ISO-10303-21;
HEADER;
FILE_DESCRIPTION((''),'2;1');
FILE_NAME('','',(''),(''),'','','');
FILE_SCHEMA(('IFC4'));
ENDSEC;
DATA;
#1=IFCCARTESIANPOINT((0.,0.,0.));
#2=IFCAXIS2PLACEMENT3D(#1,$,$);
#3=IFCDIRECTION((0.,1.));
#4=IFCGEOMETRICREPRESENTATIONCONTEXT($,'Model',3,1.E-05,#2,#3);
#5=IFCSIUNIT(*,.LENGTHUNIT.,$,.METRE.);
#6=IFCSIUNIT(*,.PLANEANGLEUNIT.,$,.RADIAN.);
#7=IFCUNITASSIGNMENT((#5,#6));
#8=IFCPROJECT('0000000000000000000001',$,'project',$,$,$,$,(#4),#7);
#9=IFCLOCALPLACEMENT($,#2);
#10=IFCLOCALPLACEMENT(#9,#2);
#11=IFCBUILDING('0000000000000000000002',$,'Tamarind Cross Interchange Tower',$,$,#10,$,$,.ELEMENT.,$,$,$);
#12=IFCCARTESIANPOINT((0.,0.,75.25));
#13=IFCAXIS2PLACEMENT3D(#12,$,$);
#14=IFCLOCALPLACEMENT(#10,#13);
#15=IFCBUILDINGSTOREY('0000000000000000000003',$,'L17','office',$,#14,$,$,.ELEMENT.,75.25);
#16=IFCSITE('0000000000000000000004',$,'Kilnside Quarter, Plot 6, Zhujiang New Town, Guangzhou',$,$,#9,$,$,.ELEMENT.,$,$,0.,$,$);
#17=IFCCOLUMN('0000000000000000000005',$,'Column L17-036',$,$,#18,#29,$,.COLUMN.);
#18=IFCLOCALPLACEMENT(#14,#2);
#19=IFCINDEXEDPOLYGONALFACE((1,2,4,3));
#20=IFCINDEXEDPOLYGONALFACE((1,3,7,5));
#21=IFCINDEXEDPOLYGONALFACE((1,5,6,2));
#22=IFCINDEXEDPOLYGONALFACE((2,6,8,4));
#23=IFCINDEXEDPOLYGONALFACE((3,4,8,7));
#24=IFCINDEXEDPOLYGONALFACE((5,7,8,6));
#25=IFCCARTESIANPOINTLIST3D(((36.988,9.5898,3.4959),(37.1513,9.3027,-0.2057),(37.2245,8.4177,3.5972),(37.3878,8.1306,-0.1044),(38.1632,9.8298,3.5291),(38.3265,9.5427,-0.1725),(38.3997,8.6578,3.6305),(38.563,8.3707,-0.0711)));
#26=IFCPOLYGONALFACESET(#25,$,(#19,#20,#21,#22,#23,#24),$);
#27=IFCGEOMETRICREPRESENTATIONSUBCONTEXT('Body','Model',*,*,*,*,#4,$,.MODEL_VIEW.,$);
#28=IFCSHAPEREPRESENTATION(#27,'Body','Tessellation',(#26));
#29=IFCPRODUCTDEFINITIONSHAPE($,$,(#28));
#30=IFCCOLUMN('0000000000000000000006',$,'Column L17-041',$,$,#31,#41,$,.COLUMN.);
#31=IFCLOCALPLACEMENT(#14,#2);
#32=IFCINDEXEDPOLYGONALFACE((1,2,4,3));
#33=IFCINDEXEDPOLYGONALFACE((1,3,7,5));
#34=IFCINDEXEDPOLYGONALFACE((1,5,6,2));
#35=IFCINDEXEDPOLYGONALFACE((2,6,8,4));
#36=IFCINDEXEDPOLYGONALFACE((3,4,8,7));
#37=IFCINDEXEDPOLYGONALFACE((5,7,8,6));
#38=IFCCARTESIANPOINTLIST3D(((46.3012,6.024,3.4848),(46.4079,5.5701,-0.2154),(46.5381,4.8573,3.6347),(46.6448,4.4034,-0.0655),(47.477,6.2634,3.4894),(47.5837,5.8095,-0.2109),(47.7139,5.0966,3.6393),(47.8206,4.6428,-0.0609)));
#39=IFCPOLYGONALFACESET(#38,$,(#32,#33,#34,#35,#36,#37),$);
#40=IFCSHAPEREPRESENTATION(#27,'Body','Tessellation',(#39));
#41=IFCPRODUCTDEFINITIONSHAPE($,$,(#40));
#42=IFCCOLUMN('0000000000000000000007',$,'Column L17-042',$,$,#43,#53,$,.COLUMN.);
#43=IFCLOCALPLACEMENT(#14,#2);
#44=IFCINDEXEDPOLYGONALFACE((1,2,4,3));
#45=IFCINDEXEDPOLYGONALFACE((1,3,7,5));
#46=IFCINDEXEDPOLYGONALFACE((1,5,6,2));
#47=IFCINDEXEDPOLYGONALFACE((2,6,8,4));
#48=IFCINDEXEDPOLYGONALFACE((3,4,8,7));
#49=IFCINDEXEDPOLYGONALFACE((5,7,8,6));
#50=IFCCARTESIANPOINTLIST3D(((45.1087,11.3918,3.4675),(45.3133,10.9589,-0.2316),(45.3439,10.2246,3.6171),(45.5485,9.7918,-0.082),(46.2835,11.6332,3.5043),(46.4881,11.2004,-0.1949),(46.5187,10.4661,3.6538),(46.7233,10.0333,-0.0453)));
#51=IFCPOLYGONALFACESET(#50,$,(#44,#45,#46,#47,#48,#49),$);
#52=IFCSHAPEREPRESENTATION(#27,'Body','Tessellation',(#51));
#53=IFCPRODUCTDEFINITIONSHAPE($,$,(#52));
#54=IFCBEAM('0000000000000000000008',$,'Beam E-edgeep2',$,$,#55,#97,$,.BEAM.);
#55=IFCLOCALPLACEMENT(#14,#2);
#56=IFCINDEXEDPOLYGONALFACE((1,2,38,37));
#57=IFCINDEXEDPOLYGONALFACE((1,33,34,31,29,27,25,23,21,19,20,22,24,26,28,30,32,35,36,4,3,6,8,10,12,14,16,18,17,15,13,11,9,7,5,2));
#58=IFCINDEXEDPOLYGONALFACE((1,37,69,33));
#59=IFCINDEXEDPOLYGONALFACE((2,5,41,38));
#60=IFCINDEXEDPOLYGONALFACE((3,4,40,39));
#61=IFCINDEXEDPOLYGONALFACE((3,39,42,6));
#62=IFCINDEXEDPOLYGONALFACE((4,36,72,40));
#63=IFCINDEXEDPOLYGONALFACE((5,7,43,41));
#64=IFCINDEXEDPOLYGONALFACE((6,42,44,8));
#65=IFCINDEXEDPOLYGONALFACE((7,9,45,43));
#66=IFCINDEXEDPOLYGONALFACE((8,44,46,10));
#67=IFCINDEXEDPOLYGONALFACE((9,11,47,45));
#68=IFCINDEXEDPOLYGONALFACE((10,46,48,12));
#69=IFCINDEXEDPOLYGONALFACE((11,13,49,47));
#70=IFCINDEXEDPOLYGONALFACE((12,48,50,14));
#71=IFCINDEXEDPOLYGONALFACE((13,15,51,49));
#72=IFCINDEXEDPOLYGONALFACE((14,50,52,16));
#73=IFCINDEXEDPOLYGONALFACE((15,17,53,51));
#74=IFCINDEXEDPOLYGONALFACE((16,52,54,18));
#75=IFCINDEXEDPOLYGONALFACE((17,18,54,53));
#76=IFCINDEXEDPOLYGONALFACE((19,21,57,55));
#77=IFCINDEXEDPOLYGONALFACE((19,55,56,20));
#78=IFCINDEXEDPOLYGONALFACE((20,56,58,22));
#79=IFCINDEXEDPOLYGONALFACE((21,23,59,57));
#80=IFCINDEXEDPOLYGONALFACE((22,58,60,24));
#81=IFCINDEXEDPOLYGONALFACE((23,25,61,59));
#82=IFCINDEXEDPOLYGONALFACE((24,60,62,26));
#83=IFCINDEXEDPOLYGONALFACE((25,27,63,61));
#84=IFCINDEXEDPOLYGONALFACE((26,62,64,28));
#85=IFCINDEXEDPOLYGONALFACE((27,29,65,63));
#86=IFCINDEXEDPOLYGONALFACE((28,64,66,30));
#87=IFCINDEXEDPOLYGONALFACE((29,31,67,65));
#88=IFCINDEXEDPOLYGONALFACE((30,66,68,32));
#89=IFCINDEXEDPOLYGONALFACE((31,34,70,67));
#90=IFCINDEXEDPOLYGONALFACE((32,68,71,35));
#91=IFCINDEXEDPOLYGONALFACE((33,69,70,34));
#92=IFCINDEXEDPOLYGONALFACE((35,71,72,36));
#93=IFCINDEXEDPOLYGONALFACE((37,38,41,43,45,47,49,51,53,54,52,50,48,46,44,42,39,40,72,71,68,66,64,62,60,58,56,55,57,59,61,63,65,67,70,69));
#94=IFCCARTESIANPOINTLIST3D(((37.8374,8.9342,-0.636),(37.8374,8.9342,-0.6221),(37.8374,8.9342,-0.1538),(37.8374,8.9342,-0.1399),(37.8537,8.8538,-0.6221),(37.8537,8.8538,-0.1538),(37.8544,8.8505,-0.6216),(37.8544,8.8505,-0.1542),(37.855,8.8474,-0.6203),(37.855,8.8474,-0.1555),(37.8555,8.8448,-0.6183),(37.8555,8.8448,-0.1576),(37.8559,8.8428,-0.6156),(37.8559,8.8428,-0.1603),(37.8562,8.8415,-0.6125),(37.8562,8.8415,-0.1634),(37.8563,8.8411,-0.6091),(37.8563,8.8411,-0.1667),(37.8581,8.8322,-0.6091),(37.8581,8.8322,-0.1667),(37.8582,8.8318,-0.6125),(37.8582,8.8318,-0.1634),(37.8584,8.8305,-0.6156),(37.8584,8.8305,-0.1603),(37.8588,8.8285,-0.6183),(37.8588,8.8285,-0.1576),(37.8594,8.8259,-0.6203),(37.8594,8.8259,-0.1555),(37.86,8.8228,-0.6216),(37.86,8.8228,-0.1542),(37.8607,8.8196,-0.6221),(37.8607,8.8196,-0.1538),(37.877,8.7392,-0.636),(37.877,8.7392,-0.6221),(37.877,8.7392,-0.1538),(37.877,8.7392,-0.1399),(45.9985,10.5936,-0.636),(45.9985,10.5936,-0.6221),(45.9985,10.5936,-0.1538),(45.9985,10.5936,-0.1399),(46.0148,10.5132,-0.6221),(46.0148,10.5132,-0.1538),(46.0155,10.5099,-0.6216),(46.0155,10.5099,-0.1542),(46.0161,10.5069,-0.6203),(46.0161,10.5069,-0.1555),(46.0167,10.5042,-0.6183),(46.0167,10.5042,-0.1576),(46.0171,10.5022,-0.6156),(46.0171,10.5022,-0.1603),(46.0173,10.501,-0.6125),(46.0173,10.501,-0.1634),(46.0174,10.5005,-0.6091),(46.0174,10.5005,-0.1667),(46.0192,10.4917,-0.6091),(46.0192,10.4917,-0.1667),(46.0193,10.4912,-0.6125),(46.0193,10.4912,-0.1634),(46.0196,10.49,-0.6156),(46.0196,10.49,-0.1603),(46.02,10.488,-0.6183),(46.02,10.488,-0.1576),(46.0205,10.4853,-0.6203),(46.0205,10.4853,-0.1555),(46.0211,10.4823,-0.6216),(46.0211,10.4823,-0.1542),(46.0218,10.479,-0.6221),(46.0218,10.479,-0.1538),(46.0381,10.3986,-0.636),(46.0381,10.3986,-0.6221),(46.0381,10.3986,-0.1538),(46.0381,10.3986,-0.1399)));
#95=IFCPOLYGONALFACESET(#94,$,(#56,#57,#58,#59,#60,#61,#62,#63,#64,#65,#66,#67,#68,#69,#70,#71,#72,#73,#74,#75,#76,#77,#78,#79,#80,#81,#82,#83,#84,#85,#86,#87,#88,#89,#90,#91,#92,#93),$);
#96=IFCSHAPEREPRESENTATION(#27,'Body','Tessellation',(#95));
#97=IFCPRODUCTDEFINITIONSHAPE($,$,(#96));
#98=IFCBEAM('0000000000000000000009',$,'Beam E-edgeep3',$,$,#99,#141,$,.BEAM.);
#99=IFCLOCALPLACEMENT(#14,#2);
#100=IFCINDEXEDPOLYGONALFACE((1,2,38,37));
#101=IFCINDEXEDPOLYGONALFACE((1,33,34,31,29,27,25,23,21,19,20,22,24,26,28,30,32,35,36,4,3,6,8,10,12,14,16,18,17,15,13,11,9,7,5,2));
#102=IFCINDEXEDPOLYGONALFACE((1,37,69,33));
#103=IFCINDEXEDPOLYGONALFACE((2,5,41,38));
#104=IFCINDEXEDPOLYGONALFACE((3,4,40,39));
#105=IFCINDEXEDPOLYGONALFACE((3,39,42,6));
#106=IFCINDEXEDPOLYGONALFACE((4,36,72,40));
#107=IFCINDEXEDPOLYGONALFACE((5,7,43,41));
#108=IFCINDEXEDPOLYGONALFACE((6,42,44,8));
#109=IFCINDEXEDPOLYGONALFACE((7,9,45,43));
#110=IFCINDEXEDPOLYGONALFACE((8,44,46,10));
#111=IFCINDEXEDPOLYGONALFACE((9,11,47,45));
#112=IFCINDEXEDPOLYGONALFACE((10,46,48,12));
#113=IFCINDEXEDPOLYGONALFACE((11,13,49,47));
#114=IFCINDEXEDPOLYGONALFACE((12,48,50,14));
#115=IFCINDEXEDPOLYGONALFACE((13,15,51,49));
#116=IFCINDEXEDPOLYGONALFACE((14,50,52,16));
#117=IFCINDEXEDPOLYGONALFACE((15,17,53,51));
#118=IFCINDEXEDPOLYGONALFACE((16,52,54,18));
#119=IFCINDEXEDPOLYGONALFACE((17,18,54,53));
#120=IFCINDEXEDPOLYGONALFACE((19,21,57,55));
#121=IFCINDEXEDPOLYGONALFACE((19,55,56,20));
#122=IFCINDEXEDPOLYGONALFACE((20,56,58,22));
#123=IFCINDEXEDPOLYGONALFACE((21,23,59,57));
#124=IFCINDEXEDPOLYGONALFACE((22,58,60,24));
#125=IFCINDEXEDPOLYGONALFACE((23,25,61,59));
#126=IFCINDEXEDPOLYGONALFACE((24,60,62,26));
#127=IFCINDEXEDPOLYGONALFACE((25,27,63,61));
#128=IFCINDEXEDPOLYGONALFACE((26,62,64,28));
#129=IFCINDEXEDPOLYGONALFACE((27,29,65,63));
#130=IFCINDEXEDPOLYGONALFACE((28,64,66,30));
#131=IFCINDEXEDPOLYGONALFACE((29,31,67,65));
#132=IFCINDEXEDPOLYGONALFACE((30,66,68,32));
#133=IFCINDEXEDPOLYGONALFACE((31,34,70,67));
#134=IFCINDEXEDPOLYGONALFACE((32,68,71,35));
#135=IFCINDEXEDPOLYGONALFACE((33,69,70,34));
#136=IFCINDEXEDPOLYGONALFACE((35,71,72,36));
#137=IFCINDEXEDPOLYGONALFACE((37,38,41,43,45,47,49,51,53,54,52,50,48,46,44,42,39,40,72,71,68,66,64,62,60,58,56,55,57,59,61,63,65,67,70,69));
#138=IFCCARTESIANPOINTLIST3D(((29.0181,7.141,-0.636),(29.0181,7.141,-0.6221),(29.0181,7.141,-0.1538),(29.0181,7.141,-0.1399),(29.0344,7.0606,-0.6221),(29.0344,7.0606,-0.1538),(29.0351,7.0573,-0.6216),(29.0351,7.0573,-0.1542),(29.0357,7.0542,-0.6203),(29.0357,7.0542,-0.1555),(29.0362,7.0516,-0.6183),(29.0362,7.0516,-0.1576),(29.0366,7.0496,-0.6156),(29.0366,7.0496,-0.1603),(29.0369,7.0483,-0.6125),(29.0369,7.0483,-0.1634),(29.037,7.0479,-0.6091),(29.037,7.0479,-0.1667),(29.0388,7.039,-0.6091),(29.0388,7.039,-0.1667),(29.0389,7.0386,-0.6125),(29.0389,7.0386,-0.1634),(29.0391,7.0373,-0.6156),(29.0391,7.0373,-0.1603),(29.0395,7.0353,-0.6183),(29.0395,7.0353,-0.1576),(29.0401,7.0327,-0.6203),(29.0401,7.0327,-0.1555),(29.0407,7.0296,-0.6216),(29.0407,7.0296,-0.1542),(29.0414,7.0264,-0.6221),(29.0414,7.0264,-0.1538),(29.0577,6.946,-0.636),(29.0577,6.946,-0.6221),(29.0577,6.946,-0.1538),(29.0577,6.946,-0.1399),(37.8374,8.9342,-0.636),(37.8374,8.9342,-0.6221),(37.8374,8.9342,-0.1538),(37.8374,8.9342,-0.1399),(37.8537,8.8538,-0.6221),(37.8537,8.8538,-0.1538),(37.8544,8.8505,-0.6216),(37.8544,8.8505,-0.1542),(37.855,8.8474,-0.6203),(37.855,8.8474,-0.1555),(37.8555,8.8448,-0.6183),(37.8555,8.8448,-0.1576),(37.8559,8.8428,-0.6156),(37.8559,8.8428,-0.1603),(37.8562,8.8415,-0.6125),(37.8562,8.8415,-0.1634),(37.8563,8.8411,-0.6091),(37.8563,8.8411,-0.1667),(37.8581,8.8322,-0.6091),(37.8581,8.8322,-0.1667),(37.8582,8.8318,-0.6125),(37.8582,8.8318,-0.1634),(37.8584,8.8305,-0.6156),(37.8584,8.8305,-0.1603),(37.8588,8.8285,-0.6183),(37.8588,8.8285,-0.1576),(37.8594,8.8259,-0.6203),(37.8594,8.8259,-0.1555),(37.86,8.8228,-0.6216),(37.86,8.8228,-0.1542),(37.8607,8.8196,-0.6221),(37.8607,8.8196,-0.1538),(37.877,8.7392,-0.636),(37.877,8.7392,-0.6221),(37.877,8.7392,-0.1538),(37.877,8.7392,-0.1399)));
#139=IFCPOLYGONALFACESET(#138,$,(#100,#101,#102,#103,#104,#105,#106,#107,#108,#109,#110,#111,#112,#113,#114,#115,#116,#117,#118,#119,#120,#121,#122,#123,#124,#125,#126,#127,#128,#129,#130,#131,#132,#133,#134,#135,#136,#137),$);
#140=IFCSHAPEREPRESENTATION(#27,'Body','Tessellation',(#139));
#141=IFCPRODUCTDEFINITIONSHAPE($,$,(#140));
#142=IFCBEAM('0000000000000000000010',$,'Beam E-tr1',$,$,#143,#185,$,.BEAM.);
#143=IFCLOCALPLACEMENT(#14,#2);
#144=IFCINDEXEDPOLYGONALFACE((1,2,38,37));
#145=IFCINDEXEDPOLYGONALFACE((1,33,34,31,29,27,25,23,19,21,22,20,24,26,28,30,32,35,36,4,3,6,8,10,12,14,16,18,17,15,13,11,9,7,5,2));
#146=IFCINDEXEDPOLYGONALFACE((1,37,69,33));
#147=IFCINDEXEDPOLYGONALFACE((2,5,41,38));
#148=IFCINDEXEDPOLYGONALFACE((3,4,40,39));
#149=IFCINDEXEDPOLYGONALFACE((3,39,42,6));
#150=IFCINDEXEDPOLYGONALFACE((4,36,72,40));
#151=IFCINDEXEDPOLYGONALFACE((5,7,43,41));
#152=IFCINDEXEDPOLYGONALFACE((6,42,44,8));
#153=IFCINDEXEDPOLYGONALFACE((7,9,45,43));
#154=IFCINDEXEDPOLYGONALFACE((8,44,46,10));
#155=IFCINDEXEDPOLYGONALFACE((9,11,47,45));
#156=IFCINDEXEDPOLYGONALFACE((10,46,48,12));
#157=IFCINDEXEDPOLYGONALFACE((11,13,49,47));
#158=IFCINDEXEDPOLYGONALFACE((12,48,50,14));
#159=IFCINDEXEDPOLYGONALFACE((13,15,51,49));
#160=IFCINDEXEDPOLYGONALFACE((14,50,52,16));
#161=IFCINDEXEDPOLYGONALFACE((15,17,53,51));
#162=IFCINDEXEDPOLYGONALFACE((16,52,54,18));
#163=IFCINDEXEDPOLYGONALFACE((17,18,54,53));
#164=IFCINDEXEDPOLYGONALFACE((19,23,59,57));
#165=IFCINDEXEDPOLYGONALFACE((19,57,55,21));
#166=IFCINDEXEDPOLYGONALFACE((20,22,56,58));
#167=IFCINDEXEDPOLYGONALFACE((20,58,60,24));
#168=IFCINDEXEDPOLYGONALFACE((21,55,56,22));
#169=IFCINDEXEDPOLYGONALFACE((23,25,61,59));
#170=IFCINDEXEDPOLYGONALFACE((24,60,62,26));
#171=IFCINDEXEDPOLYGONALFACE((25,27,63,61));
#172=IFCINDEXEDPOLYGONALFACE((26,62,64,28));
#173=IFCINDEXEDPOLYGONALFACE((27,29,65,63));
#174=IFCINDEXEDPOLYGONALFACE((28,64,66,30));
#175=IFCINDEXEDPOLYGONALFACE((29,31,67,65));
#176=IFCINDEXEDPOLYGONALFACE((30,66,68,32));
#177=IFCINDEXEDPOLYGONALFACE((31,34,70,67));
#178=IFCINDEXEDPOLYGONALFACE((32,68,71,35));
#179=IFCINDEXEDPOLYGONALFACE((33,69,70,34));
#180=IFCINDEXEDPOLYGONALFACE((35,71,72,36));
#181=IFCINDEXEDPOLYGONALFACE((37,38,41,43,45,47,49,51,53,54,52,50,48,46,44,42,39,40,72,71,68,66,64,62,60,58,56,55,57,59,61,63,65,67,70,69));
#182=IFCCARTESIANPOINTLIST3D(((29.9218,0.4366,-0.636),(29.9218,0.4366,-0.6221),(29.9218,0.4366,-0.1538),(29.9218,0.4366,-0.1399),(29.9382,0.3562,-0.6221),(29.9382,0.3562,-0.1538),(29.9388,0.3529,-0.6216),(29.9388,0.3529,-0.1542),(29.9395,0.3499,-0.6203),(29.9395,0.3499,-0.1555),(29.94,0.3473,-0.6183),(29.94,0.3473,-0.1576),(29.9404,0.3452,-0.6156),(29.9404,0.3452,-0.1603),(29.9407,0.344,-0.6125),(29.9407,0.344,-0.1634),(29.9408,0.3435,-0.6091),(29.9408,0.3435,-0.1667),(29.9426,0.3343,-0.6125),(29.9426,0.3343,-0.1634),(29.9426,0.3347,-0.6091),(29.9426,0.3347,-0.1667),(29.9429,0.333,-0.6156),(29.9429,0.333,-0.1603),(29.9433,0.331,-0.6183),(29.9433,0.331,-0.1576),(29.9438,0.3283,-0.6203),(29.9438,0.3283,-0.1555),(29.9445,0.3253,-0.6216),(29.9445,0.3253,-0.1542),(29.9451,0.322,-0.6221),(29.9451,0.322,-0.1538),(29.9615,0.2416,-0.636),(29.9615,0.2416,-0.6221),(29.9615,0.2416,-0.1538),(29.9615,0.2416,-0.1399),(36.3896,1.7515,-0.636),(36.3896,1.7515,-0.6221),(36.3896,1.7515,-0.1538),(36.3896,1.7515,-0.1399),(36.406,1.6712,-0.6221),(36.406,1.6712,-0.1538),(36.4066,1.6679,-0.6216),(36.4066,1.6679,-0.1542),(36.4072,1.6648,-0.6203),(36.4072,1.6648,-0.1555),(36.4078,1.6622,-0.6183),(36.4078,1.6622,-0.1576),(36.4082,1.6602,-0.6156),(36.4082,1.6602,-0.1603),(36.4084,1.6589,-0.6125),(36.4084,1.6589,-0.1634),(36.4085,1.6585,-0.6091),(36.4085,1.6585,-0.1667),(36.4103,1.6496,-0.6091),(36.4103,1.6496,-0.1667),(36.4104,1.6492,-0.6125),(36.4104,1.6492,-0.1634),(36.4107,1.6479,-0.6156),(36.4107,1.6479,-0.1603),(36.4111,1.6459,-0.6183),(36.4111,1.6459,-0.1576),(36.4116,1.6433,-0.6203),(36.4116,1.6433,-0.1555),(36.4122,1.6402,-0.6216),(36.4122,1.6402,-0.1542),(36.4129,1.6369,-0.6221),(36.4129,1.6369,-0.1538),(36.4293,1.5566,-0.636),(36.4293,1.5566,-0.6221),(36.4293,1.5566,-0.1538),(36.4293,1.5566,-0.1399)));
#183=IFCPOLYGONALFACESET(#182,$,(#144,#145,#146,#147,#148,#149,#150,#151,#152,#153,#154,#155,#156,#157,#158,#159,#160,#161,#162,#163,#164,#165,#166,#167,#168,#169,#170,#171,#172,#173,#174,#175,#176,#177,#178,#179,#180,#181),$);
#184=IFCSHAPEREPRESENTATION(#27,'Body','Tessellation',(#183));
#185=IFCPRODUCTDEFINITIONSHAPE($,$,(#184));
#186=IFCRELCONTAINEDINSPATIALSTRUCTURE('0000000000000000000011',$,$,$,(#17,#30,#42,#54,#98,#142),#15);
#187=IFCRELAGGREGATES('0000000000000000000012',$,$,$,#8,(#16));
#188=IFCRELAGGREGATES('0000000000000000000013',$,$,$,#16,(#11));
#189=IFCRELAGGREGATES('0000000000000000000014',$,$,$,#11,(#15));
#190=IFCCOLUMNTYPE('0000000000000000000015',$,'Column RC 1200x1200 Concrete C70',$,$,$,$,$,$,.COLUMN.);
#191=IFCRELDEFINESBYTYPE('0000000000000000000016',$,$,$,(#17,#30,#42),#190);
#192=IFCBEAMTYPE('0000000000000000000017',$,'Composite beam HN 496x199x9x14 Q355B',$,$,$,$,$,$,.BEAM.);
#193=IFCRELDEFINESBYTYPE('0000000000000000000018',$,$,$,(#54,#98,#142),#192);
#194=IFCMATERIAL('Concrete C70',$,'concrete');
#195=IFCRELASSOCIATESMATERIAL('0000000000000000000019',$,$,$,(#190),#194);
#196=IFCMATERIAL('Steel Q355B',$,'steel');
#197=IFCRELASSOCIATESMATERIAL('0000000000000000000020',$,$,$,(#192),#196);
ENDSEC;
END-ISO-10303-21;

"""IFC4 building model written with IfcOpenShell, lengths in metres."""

from ifc_helpers import new_model, si_unit, direction, frame, origin, origin_2d, place, context, subcontext, project, spatial, rectangle, i_section, extrude, material, material_profile, profile_set, type_object, element, save


model = new_model("IFC4")

# Units and contexts
model_context = context("Model", 3, precision=1e-05, world=origin(), true_north=direction((0.0, 1.0)))
body_context = subcontext(model_context, "Body", "Model", "MODEL_VIEW")
ifc_project = project(units=[si_unit("LENGTHUNIT", "METRE"), si_unit("PLANEANGLEUNIT", "RADIAN")], contexts=[model_context])

# Site, building, storey
site_placement = place(None, origin())
site = spatial("IfcSite", under=ifc_project, at=site_placement, Name="Kilnside Quarter, Plot 6, Zhujiang New Town, Guangzhou", CompositionType="ELEMENT", RefElevation=0.0)
building_placement = place(site_placement, origin())
building = spatial("IfcBuilding", under=site, at=building_placement, Name="Tamarind Cross Interchange Tower", CompositionType="ELEMENT")
storey_placement = place(building_placement, frame((0.0, 0.0, 75.25)))
storey = spatial("IfcBuildingStorey", under=building, at=storey_placement, Name="L17", Description="office", CompositionType="ELEMENT", Elevation=75.25)

# Columns
ifc_material_1 = material(Name="Concrete C70", Category="concrete")
ifc_material_profile_1 = material_profile(ifc_material_1, rectangle(XDim=1.2, YDim=1.2, at=origin_2d()), Name="RC 1200x1200")
ifc_profile_set_1 = profile_set([ifc_material_profile_1], Name="Concrete C70")
column_type = type_object("IfcColumnType", Name="Column RC 1200x1200 Concrete C70", PredefinedType="COLUMN", material=ifc_profile_set_1)
column_1_placement = place(storey_placement, frame((37.8572, 8.8367, -0.1384), z_axis=(-0.043949, 0.077255, 0.996042), x_axis=(0.197093, -0.97674, 0.084455)))
element("IfcColumn", 1, at=column_1_placement, inside=storey, type_object=column_type, Name="Column L17-036", PredefinedType="COLUMN", context=body_context, shape_type="SweptSolid", body=[
    extrude(rectangle(XDim=1.2, YDim=1.2, at=origin_2d()), origin(), (0.0, 0.0, 1.0), 3.7163),
])
column_2_placement = place(storey_placement, frame((47.1143, 5.1064, -0.1382), z_axis=(-0.028607, 0.121695, 0.992155), x_axis=(0.197441, -0.972318, 0.124955)))
element("IfcColumn", 2, at=column_2_placement, inside=storey, type_object=column_type, Name="Column L17-041", PredefinedType="COLUMN", context=body_context, shape_type="SweptSolid", body=[
    extrude(rectangle(XDim=1.2, YDim=1.2, at=origin_2d()), origin(), (0.0, 0.0, 1.0), 3.7295),
])
column_3_placement = place(storey_placement, frame((46.0183, 10.4961, -0.1384), z_axis=(-0.054849, 0.116046, 0.991728), x_axis=(0.196022, -0.972644, 0.124654)))
element("IfcColumn", 3, at=column_3_placement, inside=storey, type_object=column_type, Name="Column L17-042", PredefinedType="COLUMN", context=body_context, shape_type="SweptSolid", body=[
    extrude(rectangle(XDim=1.2, YDim=1.2, at=origin_2d()), origin(), (0.0, 0.0, 1.0), 3.73),
])

# Beams
ifc_material_2 = material(Name="Steel Q355B", Category="steel")
ifc_material_profile_2 = material_profile(ifc_material_2, i_section(OverallWidth=0.199, OverallDepth=0.4961, WebThickness=0.009, FlangeThickness=0.0139, FilletRadius=0.0129, at=origin_2d()), Name="HN 496x199x9x14")
ifc_profile_set_2 = profile_set([ifc_material_profile_2], Name="Steel Q355B")
beam_type_1 = type_object("IfcBeamType", Name="Composite beam HN 496x199x9x14 Q355B", PredefinedType="BEAM", material=ifc_profile_set_2)
beam_1_placement = place(storey_placement, frame((46.0183, 10.4961, -0.3879), z_axis=(-0.979948, -0.199255, 0.0), x_axis=(0.199255, -0.979948, 0.0)))
element("IfcBeam", 4, at=beam_1_placement, inside=storey, type_object=beam_type_1, Name="Beam E-edgeep2", PredefinedType="BEAM", context=body_context, shape_type="SweptSolid", body=[
    extrude(i_section(OverallWidth=0.199, OverallDepth=0.4961, WebThickness=0.009, FlangeThickness=0.0139, FilletRadius=0.0129, at=origin_2d()), origin(), (0.0, 0.0, 1.0), 8.3281),
])
beam_2_placement = place(storey_placement, frame((37.8572, 8.8367, -0.3879), z_axis=(-0.979949, -0.19925, 0.0), x_axis=(0.19925, -0.979949, 0.0)))
element("IfcBeam", 5, at=beam_2_placement, inside=storey, type_object=beam_type_1, Name="Beam E-edgeep3", PredefinedType="BEAM", context=body_context, shape_type="SweptSolid", body=[
    extrude(i_section(OverallWidth=0.199, OverallDepth=0.4961, WebThickness=0.009, FlangeThickness=0.0139, FilletRadius=0.0129, at=origin_2d()), origin(), (0.0, 0.0, 1.0), 8.9998),
])
beam_3_placement = place(storey_placement, frame((29.9417, 0.3391, -0.3879), z_axis=(0.979953, 0.199231, 0.0), x_axis=(-0.199231, 0.979953, 0.0)))
element("IfcBeam", 6, at=beam_3_placement, inside=storey, type_object=beam_type_1, Name="Beam E-tr1", PredefinedType="BEAM", context=body_context, shape_type="SweptSolid", body=[
    extrude(i_section(OverallWidth=0.199, OverallDepth=0.4961, WebThickness=0.009, FlangeThickness=0.0139, FilletRadius=0.0129, at=origin_2d()), origin(), (0.0, 0.0, 1.0), 6.6001),
])

save(model, "model.ifc")
